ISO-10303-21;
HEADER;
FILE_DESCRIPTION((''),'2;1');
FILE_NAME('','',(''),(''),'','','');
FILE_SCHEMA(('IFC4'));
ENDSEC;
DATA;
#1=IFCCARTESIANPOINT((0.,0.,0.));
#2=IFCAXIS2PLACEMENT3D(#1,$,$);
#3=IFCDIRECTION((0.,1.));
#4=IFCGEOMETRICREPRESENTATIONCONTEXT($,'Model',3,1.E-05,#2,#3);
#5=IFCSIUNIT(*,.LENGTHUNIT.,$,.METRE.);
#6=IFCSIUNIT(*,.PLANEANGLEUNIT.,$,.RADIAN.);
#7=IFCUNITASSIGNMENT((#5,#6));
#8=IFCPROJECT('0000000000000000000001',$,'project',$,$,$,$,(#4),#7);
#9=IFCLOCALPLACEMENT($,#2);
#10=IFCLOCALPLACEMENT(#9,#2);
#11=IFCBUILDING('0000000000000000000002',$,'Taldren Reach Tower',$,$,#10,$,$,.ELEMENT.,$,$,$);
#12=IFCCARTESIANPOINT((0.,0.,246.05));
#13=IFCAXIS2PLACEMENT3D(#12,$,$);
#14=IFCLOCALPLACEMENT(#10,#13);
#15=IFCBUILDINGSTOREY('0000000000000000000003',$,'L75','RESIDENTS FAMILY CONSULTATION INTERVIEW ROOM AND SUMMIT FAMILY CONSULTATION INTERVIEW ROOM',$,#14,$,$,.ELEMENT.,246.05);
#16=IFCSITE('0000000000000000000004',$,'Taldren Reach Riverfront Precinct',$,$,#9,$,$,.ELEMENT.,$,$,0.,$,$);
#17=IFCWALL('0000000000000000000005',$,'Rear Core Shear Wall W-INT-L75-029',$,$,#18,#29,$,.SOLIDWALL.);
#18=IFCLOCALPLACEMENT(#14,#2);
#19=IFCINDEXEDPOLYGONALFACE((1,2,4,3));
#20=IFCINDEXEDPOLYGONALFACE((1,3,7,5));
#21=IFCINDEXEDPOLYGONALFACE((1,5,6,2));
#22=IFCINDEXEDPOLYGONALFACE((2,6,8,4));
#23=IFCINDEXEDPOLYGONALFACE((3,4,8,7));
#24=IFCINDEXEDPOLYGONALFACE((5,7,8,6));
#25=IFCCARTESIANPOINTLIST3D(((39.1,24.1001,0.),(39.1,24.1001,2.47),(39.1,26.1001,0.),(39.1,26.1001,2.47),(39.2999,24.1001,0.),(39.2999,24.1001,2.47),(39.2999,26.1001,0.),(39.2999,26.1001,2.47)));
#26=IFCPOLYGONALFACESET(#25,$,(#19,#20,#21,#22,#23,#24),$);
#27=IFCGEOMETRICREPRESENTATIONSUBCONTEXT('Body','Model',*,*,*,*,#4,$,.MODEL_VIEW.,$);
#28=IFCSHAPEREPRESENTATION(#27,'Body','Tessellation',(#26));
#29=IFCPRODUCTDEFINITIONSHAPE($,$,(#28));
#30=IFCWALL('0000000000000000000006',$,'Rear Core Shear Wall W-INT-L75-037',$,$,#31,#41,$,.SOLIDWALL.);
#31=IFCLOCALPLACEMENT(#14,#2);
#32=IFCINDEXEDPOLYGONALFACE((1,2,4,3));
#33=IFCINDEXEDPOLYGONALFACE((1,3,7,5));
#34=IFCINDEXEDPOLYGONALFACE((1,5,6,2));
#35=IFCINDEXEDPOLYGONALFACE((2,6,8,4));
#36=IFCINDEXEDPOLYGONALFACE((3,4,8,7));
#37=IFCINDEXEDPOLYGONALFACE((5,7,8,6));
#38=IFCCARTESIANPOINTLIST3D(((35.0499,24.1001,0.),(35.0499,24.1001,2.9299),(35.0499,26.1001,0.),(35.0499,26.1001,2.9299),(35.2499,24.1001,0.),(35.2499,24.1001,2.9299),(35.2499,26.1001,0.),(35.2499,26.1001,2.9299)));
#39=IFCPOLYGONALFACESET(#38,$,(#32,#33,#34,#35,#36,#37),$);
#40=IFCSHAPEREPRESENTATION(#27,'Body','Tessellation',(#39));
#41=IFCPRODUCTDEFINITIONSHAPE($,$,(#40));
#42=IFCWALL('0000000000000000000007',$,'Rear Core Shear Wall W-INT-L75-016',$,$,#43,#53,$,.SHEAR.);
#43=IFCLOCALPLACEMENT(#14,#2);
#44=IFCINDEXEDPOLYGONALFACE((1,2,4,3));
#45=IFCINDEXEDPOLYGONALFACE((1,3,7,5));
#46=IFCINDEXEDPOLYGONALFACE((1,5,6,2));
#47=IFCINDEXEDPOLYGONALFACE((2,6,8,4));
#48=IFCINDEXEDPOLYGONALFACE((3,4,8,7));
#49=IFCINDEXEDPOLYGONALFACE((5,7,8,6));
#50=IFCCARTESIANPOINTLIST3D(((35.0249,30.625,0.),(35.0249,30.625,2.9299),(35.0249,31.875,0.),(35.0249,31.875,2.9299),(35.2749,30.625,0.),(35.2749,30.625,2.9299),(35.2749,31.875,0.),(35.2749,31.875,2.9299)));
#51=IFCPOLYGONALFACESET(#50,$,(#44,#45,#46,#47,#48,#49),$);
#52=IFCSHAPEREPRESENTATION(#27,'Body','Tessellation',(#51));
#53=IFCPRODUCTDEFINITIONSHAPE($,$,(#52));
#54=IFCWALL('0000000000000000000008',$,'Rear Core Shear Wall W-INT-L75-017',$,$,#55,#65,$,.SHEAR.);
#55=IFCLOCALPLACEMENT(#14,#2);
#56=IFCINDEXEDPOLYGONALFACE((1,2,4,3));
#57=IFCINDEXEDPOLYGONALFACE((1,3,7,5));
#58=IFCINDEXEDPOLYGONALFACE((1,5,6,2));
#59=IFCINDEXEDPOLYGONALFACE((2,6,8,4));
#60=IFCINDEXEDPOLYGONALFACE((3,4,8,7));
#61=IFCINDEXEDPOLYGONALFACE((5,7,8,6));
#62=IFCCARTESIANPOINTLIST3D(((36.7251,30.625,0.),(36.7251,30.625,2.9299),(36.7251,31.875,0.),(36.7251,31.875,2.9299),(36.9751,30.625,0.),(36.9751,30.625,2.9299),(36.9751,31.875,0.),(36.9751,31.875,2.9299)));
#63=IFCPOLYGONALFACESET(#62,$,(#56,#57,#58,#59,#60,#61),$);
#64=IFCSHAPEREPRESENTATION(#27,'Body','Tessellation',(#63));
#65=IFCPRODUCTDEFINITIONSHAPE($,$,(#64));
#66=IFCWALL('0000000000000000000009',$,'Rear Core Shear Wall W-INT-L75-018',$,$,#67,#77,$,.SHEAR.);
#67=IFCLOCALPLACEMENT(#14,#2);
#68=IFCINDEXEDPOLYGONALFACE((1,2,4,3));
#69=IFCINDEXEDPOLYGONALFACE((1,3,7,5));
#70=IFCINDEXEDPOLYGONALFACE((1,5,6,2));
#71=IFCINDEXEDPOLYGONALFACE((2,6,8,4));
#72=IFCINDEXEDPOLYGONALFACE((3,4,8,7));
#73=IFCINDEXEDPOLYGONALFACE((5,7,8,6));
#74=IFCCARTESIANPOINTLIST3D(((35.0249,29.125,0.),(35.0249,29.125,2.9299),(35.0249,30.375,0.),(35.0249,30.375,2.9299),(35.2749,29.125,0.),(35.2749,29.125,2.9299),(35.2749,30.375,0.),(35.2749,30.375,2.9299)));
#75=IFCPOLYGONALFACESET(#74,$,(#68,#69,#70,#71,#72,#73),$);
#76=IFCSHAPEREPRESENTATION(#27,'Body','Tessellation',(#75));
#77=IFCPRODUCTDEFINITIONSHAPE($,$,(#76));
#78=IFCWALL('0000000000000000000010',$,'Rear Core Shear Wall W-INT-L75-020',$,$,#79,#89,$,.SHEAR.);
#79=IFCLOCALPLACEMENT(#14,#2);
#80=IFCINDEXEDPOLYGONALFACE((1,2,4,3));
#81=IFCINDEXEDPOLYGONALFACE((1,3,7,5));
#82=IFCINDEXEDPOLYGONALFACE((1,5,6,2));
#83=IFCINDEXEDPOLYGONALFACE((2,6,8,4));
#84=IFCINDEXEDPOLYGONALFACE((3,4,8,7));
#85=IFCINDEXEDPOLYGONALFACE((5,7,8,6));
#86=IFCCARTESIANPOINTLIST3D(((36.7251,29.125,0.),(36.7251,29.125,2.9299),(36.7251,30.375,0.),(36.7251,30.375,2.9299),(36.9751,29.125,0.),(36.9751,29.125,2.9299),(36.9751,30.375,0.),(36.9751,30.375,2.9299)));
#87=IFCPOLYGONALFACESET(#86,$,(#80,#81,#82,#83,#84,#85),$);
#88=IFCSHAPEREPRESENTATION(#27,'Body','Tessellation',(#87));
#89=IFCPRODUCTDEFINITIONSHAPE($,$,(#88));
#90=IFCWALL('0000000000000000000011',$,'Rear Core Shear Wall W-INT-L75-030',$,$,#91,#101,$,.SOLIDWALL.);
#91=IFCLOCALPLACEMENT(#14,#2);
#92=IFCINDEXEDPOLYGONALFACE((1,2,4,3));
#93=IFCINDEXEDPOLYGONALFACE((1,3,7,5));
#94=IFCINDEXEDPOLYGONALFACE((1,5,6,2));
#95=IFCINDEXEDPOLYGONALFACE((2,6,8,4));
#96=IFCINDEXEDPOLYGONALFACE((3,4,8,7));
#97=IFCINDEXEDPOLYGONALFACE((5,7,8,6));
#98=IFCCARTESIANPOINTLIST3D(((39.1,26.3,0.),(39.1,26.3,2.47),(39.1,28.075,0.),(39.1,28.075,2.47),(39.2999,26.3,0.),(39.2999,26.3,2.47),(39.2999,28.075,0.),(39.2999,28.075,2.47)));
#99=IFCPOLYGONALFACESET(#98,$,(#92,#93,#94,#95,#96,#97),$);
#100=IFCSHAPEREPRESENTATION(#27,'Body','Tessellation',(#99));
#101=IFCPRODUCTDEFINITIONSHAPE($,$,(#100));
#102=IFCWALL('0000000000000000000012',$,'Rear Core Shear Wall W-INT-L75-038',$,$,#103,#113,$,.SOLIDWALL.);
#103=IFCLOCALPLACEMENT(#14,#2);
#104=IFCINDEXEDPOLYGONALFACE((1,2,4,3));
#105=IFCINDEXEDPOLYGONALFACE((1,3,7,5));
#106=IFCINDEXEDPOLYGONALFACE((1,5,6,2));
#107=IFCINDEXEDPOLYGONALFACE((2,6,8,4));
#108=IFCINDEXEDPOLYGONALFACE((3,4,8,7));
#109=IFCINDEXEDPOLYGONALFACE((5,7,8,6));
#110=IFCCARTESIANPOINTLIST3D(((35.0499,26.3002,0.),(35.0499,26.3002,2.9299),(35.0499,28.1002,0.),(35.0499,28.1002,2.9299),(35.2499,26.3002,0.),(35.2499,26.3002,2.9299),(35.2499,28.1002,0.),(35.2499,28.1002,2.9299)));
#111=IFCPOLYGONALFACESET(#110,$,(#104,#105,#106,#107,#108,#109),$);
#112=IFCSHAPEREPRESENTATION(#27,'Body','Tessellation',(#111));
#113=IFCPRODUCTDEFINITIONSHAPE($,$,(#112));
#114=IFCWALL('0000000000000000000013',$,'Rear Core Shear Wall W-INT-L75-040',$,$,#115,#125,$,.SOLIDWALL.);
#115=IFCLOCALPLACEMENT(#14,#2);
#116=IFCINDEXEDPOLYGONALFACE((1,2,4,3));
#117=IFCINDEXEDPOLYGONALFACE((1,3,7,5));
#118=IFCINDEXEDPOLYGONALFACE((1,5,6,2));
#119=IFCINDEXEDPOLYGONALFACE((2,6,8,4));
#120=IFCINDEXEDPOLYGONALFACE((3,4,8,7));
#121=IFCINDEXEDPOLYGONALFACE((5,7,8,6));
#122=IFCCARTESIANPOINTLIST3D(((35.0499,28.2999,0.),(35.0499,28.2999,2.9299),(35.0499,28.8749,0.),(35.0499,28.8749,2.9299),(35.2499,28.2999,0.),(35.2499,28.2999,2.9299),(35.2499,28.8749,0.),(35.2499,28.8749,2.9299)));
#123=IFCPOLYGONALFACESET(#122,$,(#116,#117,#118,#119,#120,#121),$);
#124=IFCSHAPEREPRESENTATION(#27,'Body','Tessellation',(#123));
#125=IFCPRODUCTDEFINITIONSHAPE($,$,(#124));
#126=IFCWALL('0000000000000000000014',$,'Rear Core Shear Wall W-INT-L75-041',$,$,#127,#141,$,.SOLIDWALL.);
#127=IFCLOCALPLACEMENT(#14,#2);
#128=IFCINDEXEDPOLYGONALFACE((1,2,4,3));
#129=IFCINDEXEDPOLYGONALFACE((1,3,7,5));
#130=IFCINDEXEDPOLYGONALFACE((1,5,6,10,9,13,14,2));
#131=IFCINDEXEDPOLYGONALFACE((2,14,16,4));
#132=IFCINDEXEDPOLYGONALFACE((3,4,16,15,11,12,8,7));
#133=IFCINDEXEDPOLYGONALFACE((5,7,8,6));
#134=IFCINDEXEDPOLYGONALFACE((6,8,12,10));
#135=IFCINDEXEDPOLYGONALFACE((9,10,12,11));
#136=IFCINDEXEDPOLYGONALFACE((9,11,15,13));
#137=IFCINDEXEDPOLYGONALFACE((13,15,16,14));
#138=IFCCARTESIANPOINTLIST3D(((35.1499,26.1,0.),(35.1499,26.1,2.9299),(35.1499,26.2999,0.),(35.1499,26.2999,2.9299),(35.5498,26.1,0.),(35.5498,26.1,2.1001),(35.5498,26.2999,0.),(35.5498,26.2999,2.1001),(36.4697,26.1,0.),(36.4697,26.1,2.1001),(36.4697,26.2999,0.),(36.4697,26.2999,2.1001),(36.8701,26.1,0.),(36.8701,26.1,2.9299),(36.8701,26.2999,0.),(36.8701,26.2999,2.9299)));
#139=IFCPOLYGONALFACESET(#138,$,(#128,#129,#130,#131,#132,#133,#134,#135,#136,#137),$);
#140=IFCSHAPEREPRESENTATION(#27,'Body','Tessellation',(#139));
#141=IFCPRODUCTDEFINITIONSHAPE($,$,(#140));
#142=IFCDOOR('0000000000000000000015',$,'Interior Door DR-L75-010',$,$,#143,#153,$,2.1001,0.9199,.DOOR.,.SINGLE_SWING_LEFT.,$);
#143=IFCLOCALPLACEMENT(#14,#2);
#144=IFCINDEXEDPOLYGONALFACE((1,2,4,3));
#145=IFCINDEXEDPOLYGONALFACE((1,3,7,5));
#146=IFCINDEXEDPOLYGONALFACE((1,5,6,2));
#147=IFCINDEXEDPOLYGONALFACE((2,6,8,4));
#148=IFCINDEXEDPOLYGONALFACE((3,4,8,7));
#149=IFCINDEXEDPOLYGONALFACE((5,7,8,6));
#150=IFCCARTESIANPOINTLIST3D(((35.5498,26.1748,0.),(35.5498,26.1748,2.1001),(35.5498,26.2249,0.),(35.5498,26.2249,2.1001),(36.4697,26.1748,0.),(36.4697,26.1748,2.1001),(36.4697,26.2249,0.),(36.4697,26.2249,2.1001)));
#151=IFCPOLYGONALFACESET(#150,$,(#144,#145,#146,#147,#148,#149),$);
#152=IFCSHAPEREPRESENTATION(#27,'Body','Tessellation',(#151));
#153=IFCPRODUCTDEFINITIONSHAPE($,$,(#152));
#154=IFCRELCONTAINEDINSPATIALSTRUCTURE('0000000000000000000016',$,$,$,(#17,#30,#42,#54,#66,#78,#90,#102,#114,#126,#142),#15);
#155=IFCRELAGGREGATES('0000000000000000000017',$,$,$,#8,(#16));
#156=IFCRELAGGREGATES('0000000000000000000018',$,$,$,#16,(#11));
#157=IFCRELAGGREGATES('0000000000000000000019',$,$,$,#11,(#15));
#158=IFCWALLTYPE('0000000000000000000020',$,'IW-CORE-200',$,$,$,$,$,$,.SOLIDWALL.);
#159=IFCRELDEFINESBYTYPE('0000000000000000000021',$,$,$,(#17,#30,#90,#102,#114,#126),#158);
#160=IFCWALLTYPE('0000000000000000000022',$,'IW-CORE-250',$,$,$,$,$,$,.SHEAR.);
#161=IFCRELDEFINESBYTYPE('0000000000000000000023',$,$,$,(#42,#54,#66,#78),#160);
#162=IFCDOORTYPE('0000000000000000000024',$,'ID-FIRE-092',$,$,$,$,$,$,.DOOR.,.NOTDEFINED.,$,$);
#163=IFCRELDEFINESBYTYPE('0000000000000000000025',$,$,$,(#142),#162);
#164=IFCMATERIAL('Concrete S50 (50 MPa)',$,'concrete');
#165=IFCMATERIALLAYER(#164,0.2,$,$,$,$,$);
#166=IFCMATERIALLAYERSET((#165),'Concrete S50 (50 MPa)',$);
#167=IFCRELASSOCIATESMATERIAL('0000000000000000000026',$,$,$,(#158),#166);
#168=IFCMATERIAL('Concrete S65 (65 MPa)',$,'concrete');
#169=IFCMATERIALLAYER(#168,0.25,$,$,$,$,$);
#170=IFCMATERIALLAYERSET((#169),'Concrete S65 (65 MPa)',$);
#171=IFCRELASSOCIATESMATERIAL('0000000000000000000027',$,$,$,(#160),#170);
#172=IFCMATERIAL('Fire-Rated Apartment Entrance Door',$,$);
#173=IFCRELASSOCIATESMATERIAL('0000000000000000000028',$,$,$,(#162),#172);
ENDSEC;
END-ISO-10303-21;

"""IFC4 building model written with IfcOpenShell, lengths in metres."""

from ifc_helpers import new_model, si_unit, direction, frame, frame_2d, origin, place, context, subcontext, project, spatial, rectangle, extrude, source, transform, mapped, material, layer, layer_set, type_object, element, fill, save


model = new_model("IFC4")

# Units and contexts
model_context = context("Model", 3, precision=1e-05, world=origin(), true_north=direction((0.0, 1.0)))
body_context = subcontext(model_context, "Body", "Model", "MODEL_VIEW")
ifc_project = project(units=[si_unit("LENGTHUNIT", "METRE"), si_unit("PLANEANGLEUNIT", "RADIAN")], contexts=[model_context])

# Site, building, storey
site_placement = place(None, origin())
site = spatial("IfcSite", under=ifc_project, at=site_placement, Name="Taldren Reach Riverfront Precinct", CompositionType="ELEMENT", RefElevation=0.0)
building_placement = place(site_placement, origin())
building = spatial("IfcBuilding", under=site, at=building_placement, Name="Taldren Reach Tower", CompositionType="ELEMENT")
storey_placement = place(building_placement, frame((0.0, 0.0, 246.05)))
storey = spatial("IfcBuildingStorey", under=building, at=storey_placement, Name="L75", Description="RESIDENTS FAMILY CONSULTATION INTERVIEW ROOM AND SUMMIT FAMILY CONSULTATION INTERVIEW ROOM", CompositionType="ELEMENT", Elevation=246.05)

# Walls
ifc_material_1 = material(Name="Concrete S50 (50 MPa)", Category="concrete")
ifc_layer_1 = layer(ifc_material_1, 0.2)
ifc_layer_set_1 = layer_set([ifc_layer_1], Name="Concrete S50 (50 MPa)")
wall_type_1 = type_object("IfcWallType", Name="IW-CORE-200", PredefinedType="SOLIDWALL", material=ifc_layer_set_1)
shared_shape_1 = source(origin(), body_context, "Body", "SweptSolid", [
    extrude(rectangle(XDim=2.0, YDim=0.2, at=frame_2d((1.0, 0.0))), origin(), (0.0, 0.0, 1.0), 2.47),
])
wall_1_placement = place(storey_placement, frame((39.2, 24.1001, 0.0), z_axis=(0.0, 0.0, 1.0), x_axis=(0.0, 1.0, 0.0)))
element("IfcWall", 1, at=wall_1_placement, inside=storey, type_object=wall_type_1, Name="Rear Core Shear Wall W-INT-L75-029", PredefinedType="SOLIDWALL", context=body_context, shape_type="MappedRepresentation", body=[
    mapped(shared_shape_1, transform((0.0, 0.0, 0.0), scale=1.0)),
])
shared_shape_2 = source(origin(), body_context, "Body", "SweptSolid", [
    extrude(rectangle(XDim=2.0, YDim=0.2, at=frame_2d((1.0, 0.0))), origin(), (0.0, 0.0, 1.0), 2.9299),
])
wall_2_placement = place(storey_placement, frame((35.1499, 26.1001, 0.0), z_axis=(0.0, 0.0, 1.0), x_axis=(0.0, -1.0, 0.0)))
element("IfcWall", 2, at=wall_2_placement, inside=storey, type_object=wall_type_1, Name="Rear Core Shear Wall W-INT-L75-037", PredefinedType="SOLIDWALL", context=body_context, shape_type="MappedRepresentation", body=[
    mapped(shared_shape_2, transform((0.0, 0.0, 0.0), scale=1.0)),
])
ifc_material_2 = material(Name="Concrete S65 (65 MPa)", Category="concrete")
ifc_layer_2 = layer(ifc_material_2, 0.25)
ifc_layer_set_2 = layer_set([ifc_layer_2], Name="Concrete S65 (65 MPa)")
wall_type_2 = type_object("IfcWallType", Name="IW-CORE-250", PredefinedType="SHEAR", material=ifc_layer_set_2)
shared_shape_3 = source(origin(), body_context, "Body", "SweptSolid", [
    extrude(rectangle(XDim=1.25, YDim=0.25, at=frame_2d((0.625, 0.0))), origin(), (0.0, 0.0, 1.0), 2.9299),
])
for number, where, z_axis, x_axis, name in (
    (3, (35.1499, 31.875, 0.0), (0.0, 0.0, 1.0), (0.0, -1.0, 0.0), "Rear Core Shear Wall W-INT-L75-016"),
    (4, (36.8501, 30.625, 0.0), (0.0, 0.0, 1.0), (0.0, 1.0, 0.0), "Rear Core Shear Wall W-INT-L75-017"),
    (5, (35.1499, 30.375, 0.0), (0.0, 0.0, 1.0), (0.0, -1.0, 0.0), "Rear Core Shear Wall W-INT-L75-018"),
    (6, (36.8501, 29.125, 0.0), (0.0, 0.0, 1.0), (0.0, 1.0, 0.0), "Rear Core Shear Wall W-INT-L75-020"),
):
    element("IfcWall", number, at=place(storey_placement, frame(where, z_axis=z_axis, x_axis=x_axis)), inside=storey, type_object=wall_type_2, Name=name, PredefinedType="SHEAR", context=body_context, shape_type="MappedRepresentation", body=[
        mapped(shared_shape_3, transform((0.0, 0.0, 0.0), scale=1.0)),
    ])

# Walls
shared_shape_4 = source(origin(), body_context, "Body", "SweptSolid", [
    extrude(rectangle(XDim=1.7749, YDim=0.2, at=frame_2d((0.8875, 0.0))), origin(), (0.0, 0.0, 1.0), 2.47),
])
wall_3_placement = place(storey_placement, frame((39.2, 26.3, 0.0), z_axis=(0.0, 0.0, 1.0), x_axis=(0.0, 1.0, 0.0)))
element("IfcWall", 7, at=wall_3_placement, inside=storey, type_object=wall_type_1, Name="Rear Core Shear Wall W-INT-L75-030", PredefinedType="SOLIDWALL", context=body_context, shape_type="MappedRepresentation", body=[
    mapped(shared_shape_4, transform((0.0, 0.0, 0.0), scale=1.0)),
])
shared_shape_5 = source(origin(), body_context, "Body", "SweptSolid", [
    extrude(rectangle(XDim=1.8, YDim=0.2, at=frame_2d((0.8999, 0.0))), origin(), (0.0, 0.0, 1.0), 2.9299),
])
wall_4_placement = place(storey_placement, frame((35.1499, 28.1001, 0.0), z_axis=(0.0, 0.0, 1.0), x_axis=(0.0, -1.0, 0.0)))
element("IfcWall", 8, at=wall_4_placement, inside=storey, type_object=wall_type_1, Name="Rear Core Shear Wall W-INT-L75-038", PredefinedType="SOLIDWALL", context=body_context, shape_type="MappedRepresentation", body=[
    mapped(shared_shape_5, transform((0.0, 0.0, 0.0), scale=1.0)),
])
shared_shape_6 = source(origin(), body_context, "Body", "SweptSolid", [
    extrude(rectangle(XDim=0.575, YDim=0.2, at=frame_2d((0.2876, 0.0))), origin(), (0.0, 0.0, 1.0), 2.9299),
])
wall_5_placement = place(storey_placement, frame((35.1499, 28.875, 0.0), z_axis=(0.0, 0.0, 1.0), x_axis=(0.0, -1.0, 0.0)))
element("IfcWall", 9, at=wall_5_placement, inside=storey, type_object=wall_type_1, Name="Rear Core Shear Wall W-INT-L75-040", PredefinedType="SOLIDWALL", context=body_context, shape_type="MappedRepresentation", body=[
    mapped(shared_shape_6, transform((0.0, 0.0, 0.0), scale=1.0)),
])

# Wall, opening, door
shared_shape_7 = source(origin(), body_context, "Body", "SweptSolid", [
    extrude(rectangle(XDim=1.7202, YDim=0.2, at=frame_2d((0.8601, 0.0))), origin(), (0.0, 0.0, 1.0), 2.9299),
])
wall_6_placement = place(storey_placement, frame((35.1499, 26.2, 0.0), z_axis=(0.0, 0.0, 1.0), x_axis=(1.0, 0.0, 0.0)))
wall_6 = element("IfcWall", 10, at=wall_6_placement, inside=storey, type_object=wall_type_1, Name="Rear Core Shear Wall W-INT-L75-041", PredefinedType="SOLIDWALL", context=body_context, shape_type="MappedRepresentation", body=[
    mapped(shared_shape_7, transform((0.0, 0.0, 0.0), scale=1.0)),
])
shared_shape_8 = source(origin(), body_context, "Body", "SweptSolid", [
    extrude(rectangle(XDim=0.9199, YDim=2.1001, at=frame_2d((0.46, 1.05))), frame((0.0, 0.1099, 0.0), z_axis=(0.0, -1.0, 0.0), x_axis=(1.0, 0.0, 0.0)), (0.0, 0.0, 1.0), 0.22),
])
opening_1_placement = place(wall_6_placement, frame((0.3999, 0.0, 0.0)))
opening_1 = element("IfcOpeningElement", 11, at=opening_1_placement, cuts=wall_6, PredefinedType="OPENING", context=body_context, shape_type="MappedRepresentation", body=[
    mapped(shared_shape_8, transform((0.0, 0.0, 0.0), scale=1.0)),
])
ifc_material_3 = material(Name="Fire-Rated Apartment Entrance Door")
door_type_1 = type_object("IfcDoorType", Name="ID-FIRE-092", OperationType="NOTDEFINED", PredefinedType="DOOR", material=ifc_material_3)
shared_shape_9 = source(origin(), body_context, "Body", "SweptSolid", [
    extrude(rectangle(XDim=0.9199, YDim=2.1001, at=frame_2d((0.46, 1.05))), frame((0.0, 0.0249, 0.0), z_axis=(0.0, -1.0, 0.0), x_axis=(1.0, 0.0, 0.0)), (0.0, 0.0, 1.0), 0.05),
])
door_1_placement = place(opening_1_placement, origin())
door_1 = element("IfcDoor", 12, at=door_1_placement, inside=storey, type_object=door_type_1, Name="Interior Door DR-L75-010", OperationType="SINGLE_SWING_LEFT", OverallHeight=2.1001, OverallWidth=0.9199, PredefinedType="DOOR", context=body_context, shape_type="MappedRepresentation", body=[
    mapped(shared_shape_9, transform((0.0, 0.0, 0.0), scale=1.0)),
])
fill(opening_1, door_1)

save(model, "model.ifc")
